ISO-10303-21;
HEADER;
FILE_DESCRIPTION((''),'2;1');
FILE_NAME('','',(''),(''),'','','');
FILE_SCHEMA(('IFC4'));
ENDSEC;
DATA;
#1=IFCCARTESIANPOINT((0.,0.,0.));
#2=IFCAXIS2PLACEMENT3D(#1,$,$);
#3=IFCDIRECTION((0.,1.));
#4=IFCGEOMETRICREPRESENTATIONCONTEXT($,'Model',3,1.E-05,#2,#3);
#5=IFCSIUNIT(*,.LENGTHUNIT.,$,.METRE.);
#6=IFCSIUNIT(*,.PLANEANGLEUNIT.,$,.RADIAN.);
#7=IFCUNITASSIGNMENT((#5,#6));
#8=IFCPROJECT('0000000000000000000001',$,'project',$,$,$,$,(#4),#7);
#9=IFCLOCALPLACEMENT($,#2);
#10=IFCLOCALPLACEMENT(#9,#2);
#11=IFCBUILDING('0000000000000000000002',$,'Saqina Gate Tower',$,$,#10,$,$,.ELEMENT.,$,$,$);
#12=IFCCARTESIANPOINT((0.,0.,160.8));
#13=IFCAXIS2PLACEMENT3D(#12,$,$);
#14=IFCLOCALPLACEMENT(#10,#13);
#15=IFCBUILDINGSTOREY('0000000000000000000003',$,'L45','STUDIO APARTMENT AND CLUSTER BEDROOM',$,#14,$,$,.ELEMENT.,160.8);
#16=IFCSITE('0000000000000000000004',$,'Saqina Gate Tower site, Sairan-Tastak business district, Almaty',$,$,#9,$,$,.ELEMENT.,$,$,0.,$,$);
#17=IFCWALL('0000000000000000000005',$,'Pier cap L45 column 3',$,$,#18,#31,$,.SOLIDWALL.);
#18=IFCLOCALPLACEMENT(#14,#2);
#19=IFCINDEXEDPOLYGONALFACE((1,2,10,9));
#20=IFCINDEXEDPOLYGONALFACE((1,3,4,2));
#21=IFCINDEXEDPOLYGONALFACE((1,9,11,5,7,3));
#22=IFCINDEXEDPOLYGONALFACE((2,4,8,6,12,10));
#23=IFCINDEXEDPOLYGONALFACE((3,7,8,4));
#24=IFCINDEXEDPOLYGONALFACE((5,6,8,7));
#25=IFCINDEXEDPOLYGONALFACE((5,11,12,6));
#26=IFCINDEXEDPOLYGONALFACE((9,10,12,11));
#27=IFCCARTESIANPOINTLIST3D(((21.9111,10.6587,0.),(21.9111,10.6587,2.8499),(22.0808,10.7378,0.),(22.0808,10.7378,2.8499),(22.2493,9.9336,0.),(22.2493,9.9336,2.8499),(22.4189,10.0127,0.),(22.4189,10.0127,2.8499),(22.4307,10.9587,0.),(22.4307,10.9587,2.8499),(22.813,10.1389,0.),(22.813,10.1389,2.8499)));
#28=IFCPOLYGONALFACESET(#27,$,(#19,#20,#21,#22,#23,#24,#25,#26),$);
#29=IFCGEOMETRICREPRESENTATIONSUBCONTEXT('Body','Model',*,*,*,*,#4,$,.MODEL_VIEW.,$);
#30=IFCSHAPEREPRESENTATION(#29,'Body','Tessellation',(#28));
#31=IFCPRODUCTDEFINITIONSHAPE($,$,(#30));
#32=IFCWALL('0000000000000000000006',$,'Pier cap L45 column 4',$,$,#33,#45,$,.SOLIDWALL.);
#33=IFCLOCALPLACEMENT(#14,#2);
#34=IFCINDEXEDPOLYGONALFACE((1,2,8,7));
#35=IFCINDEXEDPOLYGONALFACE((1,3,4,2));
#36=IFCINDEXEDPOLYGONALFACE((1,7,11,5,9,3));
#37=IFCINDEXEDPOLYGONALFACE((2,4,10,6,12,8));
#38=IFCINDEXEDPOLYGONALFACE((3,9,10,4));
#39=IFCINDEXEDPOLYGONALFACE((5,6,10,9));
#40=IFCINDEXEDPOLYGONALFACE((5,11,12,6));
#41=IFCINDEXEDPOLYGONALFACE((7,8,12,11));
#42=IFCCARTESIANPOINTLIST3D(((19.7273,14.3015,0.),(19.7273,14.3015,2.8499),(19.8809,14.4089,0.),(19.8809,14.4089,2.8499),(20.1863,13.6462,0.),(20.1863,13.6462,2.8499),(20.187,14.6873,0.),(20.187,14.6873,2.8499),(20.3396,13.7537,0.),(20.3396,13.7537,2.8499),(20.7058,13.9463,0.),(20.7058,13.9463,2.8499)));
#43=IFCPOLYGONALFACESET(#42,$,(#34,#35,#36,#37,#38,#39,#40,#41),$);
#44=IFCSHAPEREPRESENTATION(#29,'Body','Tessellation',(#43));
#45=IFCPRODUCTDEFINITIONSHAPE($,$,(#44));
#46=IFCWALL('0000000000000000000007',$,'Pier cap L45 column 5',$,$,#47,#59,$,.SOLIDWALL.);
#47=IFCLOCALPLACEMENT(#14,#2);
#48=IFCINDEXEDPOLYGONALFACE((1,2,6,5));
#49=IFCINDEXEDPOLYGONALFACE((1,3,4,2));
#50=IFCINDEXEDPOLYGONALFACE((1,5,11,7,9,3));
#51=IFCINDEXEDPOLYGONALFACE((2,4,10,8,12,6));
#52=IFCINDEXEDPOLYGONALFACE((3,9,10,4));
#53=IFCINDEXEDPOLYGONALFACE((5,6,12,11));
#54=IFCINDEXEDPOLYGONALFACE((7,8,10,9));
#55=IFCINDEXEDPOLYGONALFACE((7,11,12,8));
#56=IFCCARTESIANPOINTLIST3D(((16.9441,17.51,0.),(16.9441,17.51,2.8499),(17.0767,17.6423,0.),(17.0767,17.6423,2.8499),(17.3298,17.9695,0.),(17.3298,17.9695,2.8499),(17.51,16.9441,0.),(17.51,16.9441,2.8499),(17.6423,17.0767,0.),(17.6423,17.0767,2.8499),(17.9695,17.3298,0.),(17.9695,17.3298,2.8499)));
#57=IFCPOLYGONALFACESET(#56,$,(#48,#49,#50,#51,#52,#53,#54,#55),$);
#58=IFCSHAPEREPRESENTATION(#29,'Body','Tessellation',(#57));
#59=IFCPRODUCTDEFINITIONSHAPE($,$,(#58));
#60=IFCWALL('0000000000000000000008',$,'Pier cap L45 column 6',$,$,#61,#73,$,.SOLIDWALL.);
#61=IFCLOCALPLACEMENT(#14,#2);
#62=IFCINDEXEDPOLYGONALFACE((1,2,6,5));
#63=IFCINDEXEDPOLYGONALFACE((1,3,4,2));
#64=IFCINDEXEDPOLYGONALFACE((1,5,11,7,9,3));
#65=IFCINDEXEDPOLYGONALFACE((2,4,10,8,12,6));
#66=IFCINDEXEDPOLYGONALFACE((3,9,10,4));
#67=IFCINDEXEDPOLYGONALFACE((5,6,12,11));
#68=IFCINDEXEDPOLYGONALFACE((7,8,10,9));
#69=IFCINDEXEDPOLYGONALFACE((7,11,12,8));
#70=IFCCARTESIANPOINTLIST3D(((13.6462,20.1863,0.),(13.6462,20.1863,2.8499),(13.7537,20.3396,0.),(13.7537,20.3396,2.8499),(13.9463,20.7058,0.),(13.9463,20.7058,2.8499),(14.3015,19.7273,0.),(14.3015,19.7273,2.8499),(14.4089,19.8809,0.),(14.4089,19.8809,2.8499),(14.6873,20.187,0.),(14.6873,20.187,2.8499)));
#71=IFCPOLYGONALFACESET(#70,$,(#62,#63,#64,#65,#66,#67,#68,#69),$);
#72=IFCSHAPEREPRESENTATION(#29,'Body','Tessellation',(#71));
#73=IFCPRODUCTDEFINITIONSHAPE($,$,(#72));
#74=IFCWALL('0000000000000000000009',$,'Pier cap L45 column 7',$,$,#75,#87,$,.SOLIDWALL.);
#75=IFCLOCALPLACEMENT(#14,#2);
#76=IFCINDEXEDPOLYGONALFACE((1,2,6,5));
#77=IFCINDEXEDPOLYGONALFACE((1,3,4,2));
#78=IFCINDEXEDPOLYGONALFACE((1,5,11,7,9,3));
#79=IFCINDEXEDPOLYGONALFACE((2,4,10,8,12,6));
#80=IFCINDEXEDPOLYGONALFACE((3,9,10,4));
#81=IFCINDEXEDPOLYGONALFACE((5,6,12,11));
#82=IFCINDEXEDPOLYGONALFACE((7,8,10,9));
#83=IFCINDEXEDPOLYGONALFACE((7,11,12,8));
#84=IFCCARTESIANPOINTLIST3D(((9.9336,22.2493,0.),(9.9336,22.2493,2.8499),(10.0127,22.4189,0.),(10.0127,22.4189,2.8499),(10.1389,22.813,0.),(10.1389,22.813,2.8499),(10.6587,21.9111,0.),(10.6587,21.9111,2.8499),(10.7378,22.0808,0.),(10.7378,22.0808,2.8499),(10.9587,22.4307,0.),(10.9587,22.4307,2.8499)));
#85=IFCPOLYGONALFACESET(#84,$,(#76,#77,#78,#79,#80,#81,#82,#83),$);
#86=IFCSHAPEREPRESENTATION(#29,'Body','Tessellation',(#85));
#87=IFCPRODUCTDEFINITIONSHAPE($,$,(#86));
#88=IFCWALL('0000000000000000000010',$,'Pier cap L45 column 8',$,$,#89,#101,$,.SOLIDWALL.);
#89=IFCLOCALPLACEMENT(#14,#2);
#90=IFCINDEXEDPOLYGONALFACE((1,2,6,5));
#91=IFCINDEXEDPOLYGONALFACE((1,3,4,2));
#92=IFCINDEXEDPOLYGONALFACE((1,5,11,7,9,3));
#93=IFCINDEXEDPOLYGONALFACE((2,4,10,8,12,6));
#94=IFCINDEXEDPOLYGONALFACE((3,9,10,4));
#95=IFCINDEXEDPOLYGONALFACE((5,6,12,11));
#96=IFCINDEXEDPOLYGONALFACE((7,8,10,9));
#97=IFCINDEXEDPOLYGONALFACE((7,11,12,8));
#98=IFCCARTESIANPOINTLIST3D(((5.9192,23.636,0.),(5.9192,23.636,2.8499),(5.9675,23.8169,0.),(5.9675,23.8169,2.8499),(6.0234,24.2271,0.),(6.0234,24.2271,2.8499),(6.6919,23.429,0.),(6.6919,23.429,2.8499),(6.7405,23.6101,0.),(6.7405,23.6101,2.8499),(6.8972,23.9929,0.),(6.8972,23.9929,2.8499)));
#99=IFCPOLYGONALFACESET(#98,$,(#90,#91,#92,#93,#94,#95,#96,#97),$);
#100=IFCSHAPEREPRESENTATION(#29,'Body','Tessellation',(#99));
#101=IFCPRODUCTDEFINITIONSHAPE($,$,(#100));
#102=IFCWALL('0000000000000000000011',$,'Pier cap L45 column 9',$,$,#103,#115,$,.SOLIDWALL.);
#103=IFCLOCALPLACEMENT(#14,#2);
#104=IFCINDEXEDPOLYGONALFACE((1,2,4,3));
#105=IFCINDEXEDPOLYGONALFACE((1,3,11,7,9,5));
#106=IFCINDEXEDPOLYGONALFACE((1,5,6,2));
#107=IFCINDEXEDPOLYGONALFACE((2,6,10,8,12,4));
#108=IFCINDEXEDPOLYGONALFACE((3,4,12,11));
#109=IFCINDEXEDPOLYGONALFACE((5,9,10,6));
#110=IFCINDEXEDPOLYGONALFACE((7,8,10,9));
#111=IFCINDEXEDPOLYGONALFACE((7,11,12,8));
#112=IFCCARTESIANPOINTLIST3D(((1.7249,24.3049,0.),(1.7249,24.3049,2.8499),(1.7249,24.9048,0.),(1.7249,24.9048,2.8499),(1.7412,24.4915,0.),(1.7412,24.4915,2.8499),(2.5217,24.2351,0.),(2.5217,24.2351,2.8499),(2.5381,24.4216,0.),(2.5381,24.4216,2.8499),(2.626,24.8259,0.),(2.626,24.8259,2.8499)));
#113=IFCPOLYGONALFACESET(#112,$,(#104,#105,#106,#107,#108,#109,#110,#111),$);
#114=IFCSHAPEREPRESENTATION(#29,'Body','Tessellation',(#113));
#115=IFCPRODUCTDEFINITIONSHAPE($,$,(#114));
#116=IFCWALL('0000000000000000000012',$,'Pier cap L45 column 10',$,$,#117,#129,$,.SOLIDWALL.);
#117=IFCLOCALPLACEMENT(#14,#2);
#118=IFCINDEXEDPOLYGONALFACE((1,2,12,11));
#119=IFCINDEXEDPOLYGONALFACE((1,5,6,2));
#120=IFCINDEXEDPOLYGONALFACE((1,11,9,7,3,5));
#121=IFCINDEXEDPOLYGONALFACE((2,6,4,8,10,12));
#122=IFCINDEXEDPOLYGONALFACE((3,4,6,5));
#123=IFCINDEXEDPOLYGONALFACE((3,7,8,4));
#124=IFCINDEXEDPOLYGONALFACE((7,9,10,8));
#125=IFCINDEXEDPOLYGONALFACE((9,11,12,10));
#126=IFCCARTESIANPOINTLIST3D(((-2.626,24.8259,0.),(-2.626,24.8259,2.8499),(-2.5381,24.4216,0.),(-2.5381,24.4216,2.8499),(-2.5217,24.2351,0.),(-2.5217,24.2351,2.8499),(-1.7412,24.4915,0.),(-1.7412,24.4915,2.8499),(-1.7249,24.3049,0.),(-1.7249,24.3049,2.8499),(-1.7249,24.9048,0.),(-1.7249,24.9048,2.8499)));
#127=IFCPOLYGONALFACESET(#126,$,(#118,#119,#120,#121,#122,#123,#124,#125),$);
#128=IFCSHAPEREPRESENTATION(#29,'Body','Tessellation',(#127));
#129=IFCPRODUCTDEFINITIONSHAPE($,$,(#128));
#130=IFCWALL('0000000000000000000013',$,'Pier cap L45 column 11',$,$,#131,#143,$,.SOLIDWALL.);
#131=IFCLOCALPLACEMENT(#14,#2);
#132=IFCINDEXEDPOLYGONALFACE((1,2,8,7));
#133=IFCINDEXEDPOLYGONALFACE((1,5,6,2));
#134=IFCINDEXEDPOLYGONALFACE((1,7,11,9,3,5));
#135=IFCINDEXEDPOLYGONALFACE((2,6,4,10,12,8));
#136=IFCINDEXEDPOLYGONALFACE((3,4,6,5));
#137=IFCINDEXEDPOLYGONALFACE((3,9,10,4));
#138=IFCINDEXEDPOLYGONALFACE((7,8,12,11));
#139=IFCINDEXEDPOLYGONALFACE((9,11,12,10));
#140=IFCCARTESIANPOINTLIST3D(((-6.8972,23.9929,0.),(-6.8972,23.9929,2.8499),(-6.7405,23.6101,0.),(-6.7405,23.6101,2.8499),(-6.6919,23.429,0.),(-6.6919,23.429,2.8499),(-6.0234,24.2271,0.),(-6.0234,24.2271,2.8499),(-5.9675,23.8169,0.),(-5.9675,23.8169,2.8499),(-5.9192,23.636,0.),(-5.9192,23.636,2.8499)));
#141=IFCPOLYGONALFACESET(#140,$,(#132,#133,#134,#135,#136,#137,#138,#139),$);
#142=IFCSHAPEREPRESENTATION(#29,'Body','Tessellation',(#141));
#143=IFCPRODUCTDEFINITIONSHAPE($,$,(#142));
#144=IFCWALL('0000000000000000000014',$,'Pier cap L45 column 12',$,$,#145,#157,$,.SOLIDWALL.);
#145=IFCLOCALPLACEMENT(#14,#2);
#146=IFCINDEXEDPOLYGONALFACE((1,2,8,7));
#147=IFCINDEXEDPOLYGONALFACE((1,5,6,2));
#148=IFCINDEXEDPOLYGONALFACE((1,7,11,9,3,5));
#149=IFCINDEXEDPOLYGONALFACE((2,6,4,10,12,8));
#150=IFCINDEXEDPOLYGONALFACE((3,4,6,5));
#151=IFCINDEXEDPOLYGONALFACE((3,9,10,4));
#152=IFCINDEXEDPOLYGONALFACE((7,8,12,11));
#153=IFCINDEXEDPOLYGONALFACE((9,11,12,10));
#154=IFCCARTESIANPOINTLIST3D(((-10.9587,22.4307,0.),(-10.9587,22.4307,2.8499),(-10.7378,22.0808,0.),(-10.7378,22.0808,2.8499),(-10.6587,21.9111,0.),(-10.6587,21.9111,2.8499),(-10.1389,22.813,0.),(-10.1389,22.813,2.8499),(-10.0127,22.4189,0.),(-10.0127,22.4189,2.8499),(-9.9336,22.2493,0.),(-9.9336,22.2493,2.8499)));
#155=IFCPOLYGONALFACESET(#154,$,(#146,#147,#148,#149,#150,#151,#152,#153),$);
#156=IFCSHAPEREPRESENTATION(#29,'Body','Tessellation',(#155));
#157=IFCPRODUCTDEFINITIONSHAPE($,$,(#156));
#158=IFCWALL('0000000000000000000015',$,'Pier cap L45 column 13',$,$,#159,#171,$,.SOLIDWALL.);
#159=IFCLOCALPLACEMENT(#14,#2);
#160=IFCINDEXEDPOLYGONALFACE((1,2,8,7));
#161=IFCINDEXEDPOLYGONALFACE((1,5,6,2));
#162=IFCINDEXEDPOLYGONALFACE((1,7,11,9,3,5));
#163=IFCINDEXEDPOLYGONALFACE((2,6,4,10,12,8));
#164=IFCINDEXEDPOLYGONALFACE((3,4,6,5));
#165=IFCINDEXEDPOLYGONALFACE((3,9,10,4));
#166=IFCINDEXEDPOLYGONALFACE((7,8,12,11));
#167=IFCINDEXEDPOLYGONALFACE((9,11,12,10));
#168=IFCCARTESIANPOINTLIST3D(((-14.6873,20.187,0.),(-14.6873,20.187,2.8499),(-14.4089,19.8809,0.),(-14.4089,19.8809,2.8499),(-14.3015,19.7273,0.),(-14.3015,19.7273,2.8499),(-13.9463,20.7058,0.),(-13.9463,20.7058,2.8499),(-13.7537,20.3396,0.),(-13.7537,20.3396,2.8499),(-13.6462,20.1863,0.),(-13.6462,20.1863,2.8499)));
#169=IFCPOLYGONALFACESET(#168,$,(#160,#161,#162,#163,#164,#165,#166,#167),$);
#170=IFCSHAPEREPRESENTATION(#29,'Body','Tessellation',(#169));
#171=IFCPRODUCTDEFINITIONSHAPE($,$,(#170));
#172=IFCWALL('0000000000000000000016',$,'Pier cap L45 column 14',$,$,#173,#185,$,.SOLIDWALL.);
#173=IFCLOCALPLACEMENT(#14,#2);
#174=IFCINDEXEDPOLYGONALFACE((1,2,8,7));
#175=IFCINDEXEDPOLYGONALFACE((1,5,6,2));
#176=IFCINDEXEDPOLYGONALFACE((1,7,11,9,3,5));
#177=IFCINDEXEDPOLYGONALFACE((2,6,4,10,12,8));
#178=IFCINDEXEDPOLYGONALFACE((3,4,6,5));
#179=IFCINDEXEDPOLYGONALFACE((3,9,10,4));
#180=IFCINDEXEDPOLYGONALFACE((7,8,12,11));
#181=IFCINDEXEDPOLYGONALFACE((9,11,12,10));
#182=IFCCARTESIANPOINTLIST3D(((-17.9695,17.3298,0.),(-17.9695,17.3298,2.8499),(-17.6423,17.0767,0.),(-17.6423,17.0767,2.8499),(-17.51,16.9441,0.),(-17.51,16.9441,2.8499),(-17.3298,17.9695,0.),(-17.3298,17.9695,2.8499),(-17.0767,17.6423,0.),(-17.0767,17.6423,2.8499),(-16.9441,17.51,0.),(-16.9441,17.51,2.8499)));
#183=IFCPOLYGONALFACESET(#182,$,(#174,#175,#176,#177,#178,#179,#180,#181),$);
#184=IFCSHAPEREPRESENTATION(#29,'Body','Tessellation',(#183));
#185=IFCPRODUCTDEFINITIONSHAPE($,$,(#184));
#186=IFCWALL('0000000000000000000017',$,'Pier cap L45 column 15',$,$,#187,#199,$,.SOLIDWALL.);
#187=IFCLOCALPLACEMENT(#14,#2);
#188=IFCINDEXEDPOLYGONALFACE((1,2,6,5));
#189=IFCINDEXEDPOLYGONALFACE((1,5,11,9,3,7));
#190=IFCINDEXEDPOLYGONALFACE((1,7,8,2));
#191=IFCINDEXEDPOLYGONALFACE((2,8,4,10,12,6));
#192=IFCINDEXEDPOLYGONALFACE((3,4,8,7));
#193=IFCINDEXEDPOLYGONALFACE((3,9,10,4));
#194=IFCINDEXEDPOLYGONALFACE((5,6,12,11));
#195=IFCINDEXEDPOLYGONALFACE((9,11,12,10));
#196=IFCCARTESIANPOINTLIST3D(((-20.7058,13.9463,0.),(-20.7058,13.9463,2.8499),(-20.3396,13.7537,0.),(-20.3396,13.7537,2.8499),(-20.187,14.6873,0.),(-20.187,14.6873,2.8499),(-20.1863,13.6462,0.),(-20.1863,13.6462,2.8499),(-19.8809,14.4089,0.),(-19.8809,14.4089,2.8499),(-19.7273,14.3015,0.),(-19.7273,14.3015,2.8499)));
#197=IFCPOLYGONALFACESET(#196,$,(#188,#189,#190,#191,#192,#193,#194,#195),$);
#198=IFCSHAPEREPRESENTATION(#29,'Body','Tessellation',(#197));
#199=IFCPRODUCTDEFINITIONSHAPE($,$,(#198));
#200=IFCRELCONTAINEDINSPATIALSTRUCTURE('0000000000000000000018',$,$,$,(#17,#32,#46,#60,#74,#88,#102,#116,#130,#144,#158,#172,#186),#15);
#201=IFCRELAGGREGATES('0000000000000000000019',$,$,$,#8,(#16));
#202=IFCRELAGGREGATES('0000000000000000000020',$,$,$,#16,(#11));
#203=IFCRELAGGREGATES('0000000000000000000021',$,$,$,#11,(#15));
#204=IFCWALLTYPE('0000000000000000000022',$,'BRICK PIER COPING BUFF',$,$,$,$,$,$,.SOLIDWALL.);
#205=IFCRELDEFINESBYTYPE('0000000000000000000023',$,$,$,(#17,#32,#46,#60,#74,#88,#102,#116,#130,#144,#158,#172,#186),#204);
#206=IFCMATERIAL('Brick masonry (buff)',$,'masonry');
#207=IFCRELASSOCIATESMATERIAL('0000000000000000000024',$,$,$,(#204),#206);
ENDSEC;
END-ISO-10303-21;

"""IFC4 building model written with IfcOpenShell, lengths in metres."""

from ifc_helpers import new_model, si_unit, direction, frame, origin, place, context, subcontext, project, spatial, polyline, outline, extrude, material, type_object, element, save


model = new_model("IFC4")

# Units and contexts
model_context = context("Model", 3, precision=1e-05, world=origin(), true_north=direction((0.0, 1.0)))
body_context = subcontext(model_context, "Body", "Model", "MODEL_VIEW")
ifc_project = project(units=[si_unit("LENGTHUNIT", "METRE"), si_unit("PLANEANGLEUNIT", "RADIAN")], contexts=[model_context])

# Site, building, storey
site_placement = place(None, origin())
site = spatial("IfcSite", under=ifc_project, at=site_placement, Name="Saqina Gate Tower site, Sairan-Tastak business district, Almaty", CompositionType="ELEMENT", RefElevation=0.0)
building_placement = place(site_placement, origin())
building = spatial("IfcBuilding", under=site, at=building_placement, Name="Saqina Gate Tower", CompositionType="ELEMENT")
storey_placement = place(building_placement, frame((0.0, 0.0, 160.8)))
storey = spatial("IfcBuildingStorey", under=building, at=storey_placement, Name="L45", Description="STUDIO APARTMENT AND CLUSTER BEDROOM", CompositionType="ELEMENT", Elevation=160.8)

# Walls
ifc_material_1 = material(Name="Brick masonry (buff)", Category="masonry")
wall_type = type_object("IfcWallType", Name="BRICK PIER COPING BUFF", PredefinedType="SOLIDWALL", material=ifc_material_1)
wall_1_placement = place(storey_placement, origin())
element("IfcWall", 1, at=wall_1_placement, inside=storey, type_object=wall_type, Name="Pier cap L45 column 3", PredefinedType="SOLIDWALL", context=body_context, shape_type="SweptSolid", body=[
    extrude(outline(polyline([(22.4307, 10.9587), (21.9111, 10.6587), (22.0808, 10.7378), (22.4189, 10.0127), (22.2493, 9.9336), (22.813, 10.1389), (22.4307, 10.9587)])), origin(), (0.0, 0.0, 1.0), 2.8499),
])
wall_2_placement = place(storey_placement, origin())
element("IfcWall", 2, at=wall_2_placement, inside=storey, type_object=wall_type, Name="Pier cap L45 column 4", PredefinedType="SOLIDWALL", context=body_context, shape_type="SweptSolid", body=[
    extrude(outline(polyline([(20.7058, 13.9463), (20.187, 14.6873), (19.7273, 14.3015), (19.8809, 14.4089), (20.3396, 13.7537), (20.1863, 13.6462), (20.7058, 13.9463)])), origin(), (0.0, 0.0, 1.0), 2.8499),
])
wall_3_placement = place(storey_placement, origin())
element("IfcWall", 3, at=wall_3_placement, inside=storey, type_object=wall_type, Name="Pier cap L45 column 5", PredefinedType="SOLIDWALL", context=body_context, shape_type="SweptSolid", body=[
    extrude(outline(polyline([(17.3298, 17.9695), (16.9441, 17.51), (17.0767, 17.6423), (17.6423, 17.0767), (17.51, 16.9441), (17.9695, 17.3298), (17.3298, 17.9695)])), origin(), (0.0, 0.0, 1.0), 2.8499),
])
wall_4_placement = place(storey_placement, origin())
element("IfcWall", 4, at=wall_4_placement, inside=storey, type_object=wall_type, Name="Pier cap L45 column 6", PredefinedType="SOLIDWALL", context=body_context, shape_type="SweptSolid", body=[
    extrude(outline(polyline([(14.6873, 20.187), (13.9463, 20.7058), (13.6462, 20.1863), (13.7537, 20.3396), (14.4089, 19.8809), (14.3015, 19.7273), (14.6873, 20.187)])), origin(), (0.0, 0.0, 1.0), 2.8499),
])
wall_5_placement = place(storey_placement, origin())
element("IfcWall", 5, at=wall_5_placement, inside=storey, type_object=wall_type, Name="Pier cap L45 column 7", PredefinedType="SOLIDWALL", context=body_context, shape_type="SweptSolid", body=[
    extrude(outline(polyline([(10.1389, 22.813), (9.9336, 22.2493), (10.0127, 22.4189), (10.7378, 22.0808), (10.6587, 21.9111), (10.9587, 22.4307), (10.1389, 22.813)])), origin(), (0.0, 0.0, 1.0), 2.8499),
])
wall_6_placement = place(storey_placement, origin())
element("IfcWall", 6, at=wall_6_placement, inside=storey, type_object=wall_type, Name="Pier cap L45 column 8", PredefinedType="SOLIDWALL", context=body_context, shape_type="SweptSolid", body=[
    extrude(outline(polyline([(6.0234, 24.2271), (5.9192, 23.636), (5.9675, 23.8169), (6.7405, 23.6101), (6.6919, 23.429), (6.8972, 23.9929), (6.0234, 24.2271)])), origin(), (0.0, 0.0, 1.0), 2.8499),
])
wall_7_placement = place(storey_placement, origin())
element("IfcWall", 7, at=wall_7_placement, inside=storey, type_object=wall_type, Name="Pier cap L45 column 9", PredefinedType="SOLIDWALL", context=body_context, shape_type="SweptSolid", body=[
    extrude(outline(polyline([(2.626, 24.8259), (1.7249, 24.9048), (1.7249, 24.3049), (1.7412, 24.4915), (2.5381, 24.4216), (2.5217, 24.2351), (2.626, 24.8259)])), origin(), (0.0, 0.0, 1.0), 2.8499),
])
wall_8_placement = place(storey_placement, origin())
element("IfcWall", 8, at=wall_8_placement, inside=storey, type_object=wall_type, Name="Pier cap L45 column 10", PredefinedType="SOLIDWALL", context=body_context, shape_type="SweptSolid", body=[
    extrude(outline(polyline([(-1.7249, 24.9048), (-2.626, 24.8259), (-2.5217, 24.2351), (-2.5381, 24.4216), (-1.7412, 24.4915), (-1.7249, 24.3049), (-1.7249, 24.9048)])), origin(), (0.0, 0.0, 1.0), 2.8499),
])
wall_9_placement = place(storey_placement, origin())
element("IfcWall", 9, at=wall_9_placement, inside=storey, type_object=wall_type, Name="Pier cap L45 column 11", PredefinedType="SOLIDWALL", context=body_context, shape_type="SweptSolid", body=[
    extrude(outline(polyline([(-6.0234, 24.2271), (-6.8972, 23.9929), (-6.6919, 23.429), (-6.7405, 23.6101), (-5.9675, 23.8169), (-5.9192, 23.636), (-6.0234, 24.2271)])), origin(), (0.0, 0.0, 1.0), 2.8499),
])
wall_10_placement = place(storey_placement, origin())
element("IfcWall", 10, at=wall_10_placement, inside=storey, type_object=wall_type, Name="Pier cap L45 column 12", PredefinedType="SOLIDWALL", context=body_context, shape_type="SweptSolid", body=[
    extrude(outline(polyline([(-10.9587, 22.4307), (-10.6587, 21.9111), (-10.7378, 22.0808), (-10.0127, 22.4189), (-9.9336, 22.2493), (-10.1389, 22.813), (-10.9587, 22.4307)])), origin(), (0.0, 0.0, 1.0), 2.8499),
])
wall_11_placement = place(storey_placement, origin())
element("IfcWall", 11, at=wall_11_placement, inside=storey, type_object=wall_type, Name="Pier cap L45 column 13", PredefinedType="SOLIDWALL", context=body_context, shape_type="SweptSolid", body=[
    extrude(outline(polyline([(-13.9463, 20.7058), (-14.6873, 20.187), (-14.3015, 19.7273), (-14.4089, 19.8809), (-13.7537, 20.3396), (-13.6462, 20.1863), (-13.9463, 20.7058)])), origin(), (0.0, 0.0, 1.0), 2.8499),
])
wall_12_placement = place(storey_placement, origin())
element("IfcWall", 12, at=wall_12_placement, inside=storey, type_object=wall_type, Name="Pier cap L45 column 14", PredefinedType="SOLIDWALL", context=body_context, shape_type="SweptSolid", body=[
    extrude(outline(polyline([(-17.9695, 17.3298), (-17.51, 16.9441), (-17.6423, 17.0767), (-17.0767, 17.6423), (-16.9441, 17.51), (-17.3298, 17.9695), (-17.9695, 17.3298)])), origin(), (0.0, 0.0, 1.0), 2.8499),
])
wall_13_placement = place(storey_placement, origin())
element("IfcWall", 13, at=wall_13_placement, inside=storey, type_object=wall_type, Name="Pier cap L45 column 15", PredefinedType="SOLIDWALL", context=body_context, shape_type="SweptSolid", body=[
    extrude(outline(polyline([(-20.187, 14.6873), (-20.7058, 13.9463), (-20.1863, 13.6462), (-20.3396, 13.7537), (-19.8809, 14.4089), (-19.7273, 14.3015), (-20.187, 14.6873)])), origin(), (0.0, 0.0, 1.0), 2.8499),
])

save(model, "model.ifc")
